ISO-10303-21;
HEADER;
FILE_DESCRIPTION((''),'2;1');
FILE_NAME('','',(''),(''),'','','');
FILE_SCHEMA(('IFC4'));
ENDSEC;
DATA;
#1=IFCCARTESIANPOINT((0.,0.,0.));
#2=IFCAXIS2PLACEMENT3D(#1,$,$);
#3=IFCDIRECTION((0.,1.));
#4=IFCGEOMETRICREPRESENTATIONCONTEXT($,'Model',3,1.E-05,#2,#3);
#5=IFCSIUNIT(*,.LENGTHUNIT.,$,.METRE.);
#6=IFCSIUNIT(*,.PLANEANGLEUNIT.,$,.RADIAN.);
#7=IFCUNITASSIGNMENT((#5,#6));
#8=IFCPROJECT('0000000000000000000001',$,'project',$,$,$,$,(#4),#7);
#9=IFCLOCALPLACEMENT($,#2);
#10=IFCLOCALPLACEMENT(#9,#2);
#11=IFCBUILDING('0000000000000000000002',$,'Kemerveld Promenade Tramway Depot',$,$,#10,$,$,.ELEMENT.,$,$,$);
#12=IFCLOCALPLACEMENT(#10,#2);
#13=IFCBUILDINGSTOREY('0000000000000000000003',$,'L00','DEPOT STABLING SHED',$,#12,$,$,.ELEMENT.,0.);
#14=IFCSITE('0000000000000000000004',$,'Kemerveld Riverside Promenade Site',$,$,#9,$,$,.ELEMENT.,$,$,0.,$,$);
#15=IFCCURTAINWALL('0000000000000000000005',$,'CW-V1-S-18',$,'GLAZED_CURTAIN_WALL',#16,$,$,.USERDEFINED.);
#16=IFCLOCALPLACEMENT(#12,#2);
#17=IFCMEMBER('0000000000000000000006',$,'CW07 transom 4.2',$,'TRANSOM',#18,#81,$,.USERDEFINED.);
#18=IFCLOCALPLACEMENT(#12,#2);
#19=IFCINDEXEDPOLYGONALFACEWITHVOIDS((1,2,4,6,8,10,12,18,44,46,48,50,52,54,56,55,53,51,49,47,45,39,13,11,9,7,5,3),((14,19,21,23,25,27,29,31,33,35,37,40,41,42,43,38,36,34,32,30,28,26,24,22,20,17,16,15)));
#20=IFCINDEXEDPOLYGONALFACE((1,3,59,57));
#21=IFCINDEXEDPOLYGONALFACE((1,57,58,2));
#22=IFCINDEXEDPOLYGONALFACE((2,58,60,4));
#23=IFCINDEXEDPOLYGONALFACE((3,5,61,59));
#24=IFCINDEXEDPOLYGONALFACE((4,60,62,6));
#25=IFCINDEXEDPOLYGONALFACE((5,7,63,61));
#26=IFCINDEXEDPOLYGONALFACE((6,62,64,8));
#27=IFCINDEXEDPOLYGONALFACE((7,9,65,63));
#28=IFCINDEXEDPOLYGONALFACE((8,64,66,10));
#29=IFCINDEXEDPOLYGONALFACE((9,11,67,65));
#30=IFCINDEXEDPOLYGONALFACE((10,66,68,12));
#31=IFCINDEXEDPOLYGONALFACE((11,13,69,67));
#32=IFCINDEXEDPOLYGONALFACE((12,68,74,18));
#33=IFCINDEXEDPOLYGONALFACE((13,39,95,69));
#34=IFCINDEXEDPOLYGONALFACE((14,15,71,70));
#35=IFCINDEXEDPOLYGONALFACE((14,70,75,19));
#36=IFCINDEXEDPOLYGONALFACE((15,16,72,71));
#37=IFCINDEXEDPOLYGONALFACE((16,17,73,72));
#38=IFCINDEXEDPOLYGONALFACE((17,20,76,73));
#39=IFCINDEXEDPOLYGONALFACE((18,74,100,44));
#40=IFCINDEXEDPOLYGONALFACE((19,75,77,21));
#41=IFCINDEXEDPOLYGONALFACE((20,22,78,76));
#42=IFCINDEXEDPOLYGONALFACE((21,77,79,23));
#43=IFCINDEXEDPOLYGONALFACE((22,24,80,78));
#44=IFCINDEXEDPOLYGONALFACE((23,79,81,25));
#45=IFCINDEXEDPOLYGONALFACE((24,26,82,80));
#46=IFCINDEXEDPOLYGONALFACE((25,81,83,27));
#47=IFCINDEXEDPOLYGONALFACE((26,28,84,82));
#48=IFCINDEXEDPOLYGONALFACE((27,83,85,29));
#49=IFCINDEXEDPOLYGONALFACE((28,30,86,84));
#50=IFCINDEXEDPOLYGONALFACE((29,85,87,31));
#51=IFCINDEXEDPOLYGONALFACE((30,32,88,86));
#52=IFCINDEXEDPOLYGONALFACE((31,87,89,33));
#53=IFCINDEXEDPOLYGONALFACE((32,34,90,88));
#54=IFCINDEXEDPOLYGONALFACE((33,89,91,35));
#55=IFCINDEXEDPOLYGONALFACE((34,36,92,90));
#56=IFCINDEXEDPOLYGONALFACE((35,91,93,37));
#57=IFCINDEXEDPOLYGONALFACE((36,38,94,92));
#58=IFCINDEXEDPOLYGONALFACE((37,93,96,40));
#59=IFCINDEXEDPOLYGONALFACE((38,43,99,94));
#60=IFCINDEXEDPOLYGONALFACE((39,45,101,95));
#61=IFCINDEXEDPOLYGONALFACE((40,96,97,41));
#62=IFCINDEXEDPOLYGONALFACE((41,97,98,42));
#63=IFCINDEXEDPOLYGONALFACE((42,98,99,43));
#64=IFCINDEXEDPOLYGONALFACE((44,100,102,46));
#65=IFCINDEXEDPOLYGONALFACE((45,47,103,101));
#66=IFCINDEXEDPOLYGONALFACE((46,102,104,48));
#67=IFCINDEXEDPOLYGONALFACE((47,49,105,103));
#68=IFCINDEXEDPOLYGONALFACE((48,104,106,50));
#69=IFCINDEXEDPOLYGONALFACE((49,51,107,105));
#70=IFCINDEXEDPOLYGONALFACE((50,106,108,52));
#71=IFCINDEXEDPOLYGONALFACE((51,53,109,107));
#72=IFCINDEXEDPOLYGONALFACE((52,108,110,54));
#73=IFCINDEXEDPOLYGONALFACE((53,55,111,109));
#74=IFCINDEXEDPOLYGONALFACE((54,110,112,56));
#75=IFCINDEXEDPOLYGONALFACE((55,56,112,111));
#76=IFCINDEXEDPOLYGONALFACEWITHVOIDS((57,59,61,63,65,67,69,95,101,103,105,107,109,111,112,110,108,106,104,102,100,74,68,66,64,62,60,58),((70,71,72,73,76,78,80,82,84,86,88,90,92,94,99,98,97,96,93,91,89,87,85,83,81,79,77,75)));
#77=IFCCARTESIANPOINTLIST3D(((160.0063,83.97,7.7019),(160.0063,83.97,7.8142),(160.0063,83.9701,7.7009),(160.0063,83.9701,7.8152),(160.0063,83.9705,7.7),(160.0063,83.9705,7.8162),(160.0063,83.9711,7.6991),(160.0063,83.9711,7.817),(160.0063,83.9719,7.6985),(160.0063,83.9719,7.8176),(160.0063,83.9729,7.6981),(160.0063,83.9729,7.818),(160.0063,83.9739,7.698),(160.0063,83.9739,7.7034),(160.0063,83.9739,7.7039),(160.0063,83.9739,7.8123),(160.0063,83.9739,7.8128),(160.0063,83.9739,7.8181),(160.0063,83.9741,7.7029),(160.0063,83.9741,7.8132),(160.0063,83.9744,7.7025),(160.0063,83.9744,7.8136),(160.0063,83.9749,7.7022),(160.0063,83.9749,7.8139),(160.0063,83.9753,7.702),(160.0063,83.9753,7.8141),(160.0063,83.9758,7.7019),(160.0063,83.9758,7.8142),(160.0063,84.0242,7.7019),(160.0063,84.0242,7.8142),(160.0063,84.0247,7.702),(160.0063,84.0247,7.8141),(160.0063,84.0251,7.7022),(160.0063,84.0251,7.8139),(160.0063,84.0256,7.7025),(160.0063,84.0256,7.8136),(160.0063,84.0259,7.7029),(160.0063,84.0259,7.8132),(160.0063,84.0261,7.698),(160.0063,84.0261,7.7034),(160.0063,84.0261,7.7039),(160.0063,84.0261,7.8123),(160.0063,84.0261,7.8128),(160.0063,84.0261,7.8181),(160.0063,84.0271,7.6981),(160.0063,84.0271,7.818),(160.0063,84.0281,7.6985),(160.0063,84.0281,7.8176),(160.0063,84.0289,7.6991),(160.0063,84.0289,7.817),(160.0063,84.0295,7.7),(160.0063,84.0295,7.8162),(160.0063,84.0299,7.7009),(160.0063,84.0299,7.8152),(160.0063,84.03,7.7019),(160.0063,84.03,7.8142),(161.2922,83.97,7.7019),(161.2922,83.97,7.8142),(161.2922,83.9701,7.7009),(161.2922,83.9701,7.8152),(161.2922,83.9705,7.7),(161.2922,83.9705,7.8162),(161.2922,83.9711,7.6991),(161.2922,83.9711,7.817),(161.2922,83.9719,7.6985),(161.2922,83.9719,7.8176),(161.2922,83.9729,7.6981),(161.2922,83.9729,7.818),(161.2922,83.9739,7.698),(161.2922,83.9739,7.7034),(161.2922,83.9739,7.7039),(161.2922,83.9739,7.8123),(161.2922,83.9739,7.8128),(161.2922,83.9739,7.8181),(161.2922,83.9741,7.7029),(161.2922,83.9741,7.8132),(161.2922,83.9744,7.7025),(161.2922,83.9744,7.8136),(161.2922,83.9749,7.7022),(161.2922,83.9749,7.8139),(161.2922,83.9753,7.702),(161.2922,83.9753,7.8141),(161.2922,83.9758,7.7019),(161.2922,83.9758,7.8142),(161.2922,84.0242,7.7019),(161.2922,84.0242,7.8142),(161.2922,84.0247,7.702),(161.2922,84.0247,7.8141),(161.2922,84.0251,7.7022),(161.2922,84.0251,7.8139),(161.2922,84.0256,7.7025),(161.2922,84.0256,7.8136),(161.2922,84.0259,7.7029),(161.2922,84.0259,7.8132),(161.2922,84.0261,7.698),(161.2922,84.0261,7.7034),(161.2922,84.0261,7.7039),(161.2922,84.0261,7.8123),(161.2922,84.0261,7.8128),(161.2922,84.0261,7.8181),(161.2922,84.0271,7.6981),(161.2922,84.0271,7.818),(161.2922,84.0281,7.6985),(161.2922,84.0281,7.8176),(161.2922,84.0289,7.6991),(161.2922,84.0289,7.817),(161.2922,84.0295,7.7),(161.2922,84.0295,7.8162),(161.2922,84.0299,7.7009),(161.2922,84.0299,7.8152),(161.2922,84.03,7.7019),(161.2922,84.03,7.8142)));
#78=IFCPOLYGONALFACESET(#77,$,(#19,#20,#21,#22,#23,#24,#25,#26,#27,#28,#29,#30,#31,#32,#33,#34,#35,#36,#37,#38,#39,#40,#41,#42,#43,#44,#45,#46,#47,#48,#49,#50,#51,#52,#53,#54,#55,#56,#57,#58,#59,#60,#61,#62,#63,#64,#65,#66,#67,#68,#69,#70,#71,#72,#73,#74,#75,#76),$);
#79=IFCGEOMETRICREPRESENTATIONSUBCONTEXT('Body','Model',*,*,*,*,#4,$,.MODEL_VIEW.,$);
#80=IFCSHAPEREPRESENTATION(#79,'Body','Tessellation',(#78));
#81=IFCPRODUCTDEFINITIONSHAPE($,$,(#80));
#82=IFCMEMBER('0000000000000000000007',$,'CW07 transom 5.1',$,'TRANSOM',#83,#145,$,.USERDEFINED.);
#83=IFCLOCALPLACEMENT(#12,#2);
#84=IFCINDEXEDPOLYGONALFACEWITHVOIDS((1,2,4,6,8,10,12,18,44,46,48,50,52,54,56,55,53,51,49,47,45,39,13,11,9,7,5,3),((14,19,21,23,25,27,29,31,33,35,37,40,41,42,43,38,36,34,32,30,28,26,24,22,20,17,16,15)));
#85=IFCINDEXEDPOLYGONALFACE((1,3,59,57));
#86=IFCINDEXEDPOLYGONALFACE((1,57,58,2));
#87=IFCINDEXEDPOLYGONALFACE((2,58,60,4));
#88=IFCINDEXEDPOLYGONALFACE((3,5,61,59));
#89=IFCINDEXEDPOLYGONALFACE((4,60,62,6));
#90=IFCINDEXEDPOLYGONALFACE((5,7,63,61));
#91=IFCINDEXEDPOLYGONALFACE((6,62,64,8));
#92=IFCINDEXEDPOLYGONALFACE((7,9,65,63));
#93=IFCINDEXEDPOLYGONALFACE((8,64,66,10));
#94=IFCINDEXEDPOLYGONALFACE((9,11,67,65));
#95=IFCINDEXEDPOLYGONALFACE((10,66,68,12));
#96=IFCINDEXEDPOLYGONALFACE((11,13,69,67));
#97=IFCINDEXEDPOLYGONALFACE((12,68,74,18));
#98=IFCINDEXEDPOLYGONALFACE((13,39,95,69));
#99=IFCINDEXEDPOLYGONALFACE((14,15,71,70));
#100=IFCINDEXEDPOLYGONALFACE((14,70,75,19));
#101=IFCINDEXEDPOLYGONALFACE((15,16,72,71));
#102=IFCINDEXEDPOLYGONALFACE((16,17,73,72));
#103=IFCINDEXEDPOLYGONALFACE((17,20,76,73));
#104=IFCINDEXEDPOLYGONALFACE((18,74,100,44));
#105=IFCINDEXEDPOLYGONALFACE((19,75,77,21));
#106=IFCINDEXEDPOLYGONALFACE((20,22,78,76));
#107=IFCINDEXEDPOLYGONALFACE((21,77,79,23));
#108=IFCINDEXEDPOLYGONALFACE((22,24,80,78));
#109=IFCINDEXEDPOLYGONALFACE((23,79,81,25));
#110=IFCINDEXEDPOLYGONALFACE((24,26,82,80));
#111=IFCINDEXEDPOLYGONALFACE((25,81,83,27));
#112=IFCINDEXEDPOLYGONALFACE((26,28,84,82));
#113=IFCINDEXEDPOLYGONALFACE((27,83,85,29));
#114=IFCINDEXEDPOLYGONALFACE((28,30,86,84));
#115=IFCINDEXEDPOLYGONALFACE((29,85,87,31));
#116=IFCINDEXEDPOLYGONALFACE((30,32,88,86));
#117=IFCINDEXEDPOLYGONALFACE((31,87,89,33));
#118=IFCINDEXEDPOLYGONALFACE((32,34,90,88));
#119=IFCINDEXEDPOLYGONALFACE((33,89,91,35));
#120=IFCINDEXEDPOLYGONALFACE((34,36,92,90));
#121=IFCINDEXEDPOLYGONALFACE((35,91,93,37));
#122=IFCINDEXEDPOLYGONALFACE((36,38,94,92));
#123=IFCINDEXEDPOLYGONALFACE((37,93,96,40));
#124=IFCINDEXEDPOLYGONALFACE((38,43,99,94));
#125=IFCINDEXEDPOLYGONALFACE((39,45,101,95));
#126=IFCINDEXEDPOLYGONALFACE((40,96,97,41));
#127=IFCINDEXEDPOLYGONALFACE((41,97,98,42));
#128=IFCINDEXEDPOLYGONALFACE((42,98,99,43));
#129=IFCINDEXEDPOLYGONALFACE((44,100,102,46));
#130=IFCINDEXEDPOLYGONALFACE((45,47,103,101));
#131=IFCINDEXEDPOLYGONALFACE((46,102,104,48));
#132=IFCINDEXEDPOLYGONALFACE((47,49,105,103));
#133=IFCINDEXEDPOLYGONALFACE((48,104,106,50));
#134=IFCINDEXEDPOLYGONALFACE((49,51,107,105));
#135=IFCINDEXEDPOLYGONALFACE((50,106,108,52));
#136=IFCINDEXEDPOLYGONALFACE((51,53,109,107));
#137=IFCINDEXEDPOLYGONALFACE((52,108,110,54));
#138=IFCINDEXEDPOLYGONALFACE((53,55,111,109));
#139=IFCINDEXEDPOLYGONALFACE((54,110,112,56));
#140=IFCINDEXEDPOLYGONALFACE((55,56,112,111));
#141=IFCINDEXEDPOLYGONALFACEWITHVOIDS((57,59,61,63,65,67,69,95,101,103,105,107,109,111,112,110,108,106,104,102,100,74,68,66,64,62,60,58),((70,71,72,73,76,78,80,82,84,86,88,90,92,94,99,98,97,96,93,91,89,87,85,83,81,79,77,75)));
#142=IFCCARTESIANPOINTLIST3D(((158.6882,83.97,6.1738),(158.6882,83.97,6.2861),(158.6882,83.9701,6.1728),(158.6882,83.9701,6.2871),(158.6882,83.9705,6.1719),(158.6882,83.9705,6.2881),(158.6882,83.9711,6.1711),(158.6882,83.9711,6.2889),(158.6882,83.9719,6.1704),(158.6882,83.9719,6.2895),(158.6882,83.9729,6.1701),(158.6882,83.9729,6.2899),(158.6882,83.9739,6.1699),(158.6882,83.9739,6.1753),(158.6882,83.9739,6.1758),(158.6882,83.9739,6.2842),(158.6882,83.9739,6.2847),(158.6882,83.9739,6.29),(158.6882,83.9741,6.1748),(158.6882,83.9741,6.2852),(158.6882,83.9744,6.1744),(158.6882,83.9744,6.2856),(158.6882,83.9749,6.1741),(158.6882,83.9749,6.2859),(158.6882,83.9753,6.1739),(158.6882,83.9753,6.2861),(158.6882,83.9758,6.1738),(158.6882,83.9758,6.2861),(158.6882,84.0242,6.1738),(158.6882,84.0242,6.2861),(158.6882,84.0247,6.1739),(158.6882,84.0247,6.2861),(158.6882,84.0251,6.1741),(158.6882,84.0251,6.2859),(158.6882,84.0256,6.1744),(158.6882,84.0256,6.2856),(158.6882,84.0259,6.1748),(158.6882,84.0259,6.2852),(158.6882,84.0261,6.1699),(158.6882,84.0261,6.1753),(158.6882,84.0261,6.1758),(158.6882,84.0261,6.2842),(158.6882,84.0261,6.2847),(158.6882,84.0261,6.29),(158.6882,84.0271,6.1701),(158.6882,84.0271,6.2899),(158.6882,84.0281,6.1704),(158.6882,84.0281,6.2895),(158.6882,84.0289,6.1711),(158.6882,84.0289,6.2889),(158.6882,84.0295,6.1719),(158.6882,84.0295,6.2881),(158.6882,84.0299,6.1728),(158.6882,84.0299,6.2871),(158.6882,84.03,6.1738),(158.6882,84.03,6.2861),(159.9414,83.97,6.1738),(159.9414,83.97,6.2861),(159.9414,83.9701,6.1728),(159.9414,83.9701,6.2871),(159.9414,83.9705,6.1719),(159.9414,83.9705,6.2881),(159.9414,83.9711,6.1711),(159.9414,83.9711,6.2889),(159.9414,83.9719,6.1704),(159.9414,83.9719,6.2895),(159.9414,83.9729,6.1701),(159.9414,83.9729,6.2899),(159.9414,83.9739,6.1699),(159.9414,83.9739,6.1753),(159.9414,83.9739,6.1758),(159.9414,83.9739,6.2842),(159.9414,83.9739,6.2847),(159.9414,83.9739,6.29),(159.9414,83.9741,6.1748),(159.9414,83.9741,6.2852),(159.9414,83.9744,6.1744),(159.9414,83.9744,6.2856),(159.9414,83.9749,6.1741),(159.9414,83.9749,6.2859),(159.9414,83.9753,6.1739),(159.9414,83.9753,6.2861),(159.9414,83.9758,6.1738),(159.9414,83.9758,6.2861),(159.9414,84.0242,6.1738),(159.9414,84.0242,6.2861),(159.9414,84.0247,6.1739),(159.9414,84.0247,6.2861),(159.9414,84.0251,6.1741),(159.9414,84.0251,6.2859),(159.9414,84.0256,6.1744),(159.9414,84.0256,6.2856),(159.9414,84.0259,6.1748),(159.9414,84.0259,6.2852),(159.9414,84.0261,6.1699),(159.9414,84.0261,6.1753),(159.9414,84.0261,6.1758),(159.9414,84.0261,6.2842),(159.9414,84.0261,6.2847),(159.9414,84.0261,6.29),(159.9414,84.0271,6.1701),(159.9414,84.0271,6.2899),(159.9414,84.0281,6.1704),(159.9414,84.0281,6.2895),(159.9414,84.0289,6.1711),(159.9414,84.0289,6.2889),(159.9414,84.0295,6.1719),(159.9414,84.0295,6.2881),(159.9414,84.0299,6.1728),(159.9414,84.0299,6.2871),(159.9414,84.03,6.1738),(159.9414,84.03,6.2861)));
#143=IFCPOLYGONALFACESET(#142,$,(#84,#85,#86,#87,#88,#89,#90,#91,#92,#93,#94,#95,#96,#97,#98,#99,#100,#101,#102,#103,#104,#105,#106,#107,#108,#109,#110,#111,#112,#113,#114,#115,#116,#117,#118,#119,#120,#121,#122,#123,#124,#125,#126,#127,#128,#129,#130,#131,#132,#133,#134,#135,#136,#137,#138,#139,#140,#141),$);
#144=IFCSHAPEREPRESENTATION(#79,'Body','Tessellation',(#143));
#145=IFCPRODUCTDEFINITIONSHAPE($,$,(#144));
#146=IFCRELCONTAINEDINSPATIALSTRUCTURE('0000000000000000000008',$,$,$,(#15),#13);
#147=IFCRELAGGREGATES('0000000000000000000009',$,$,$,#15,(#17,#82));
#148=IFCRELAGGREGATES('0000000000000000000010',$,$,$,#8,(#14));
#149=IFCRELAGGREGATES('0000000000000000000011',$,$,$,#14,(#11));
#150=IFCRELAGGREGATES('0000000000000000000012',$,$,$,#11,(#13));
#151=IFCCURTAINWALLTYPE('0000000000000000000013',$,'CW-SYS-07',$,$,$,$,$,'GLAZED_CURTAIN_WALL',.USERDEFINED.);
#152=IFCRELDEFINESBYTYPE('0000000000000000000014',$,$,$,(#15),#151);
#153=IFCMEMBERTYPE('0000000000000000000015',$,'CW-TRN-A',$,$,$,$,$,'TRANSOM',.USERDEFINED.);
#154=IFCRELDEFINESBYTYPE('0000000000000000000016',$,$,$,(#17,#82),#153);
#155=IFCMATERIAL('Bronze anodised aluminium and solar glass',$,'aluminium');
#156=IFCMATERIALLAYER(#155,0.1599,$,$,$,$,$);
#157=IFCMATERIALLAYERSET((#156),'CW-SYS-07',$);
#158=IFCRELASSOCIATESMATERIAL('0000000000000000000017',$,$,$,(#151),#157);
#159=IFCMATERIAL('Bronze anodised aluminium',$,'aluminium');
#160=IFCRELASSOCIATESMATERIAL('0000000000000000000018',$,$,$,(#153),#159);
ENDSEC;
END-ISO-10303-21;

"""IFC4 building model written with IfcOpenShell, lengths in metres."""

from ifc_helpers import new_model, si_unit, direction, frame, origin, origin_2d, place, context, subcontext, project, spatial, hollow_rectangle, extrude, material, layer, layer_set, material_profile, profile_set, type_object, element, aggregate, save


model = new_model("IFC4")

# Units and contexts
model_context = context("Model", 3, precision=1e-05, world=origin(), true_north=direction((0.0, 1.0)))
body_context = subcontext(model_context, "Body", "Model", "MODEL_VIEW")
ifc_project = project(units=[si_unit("LENGTHUNIT", "METRE"), si_unit("PLANEANGLEUNIT", "RADIAN")], contexts=[model_context])

# Site, building, storey
site_placement = place(None, origin())
site = spatial("IfcSite", under=ifc_project, at=site_placement, Name="Kemerveld Riverside Promenade Site", CompositionType="ELEMENT", RefElevation=0.0)
building_placement = place(site_placement, origin())
building = spatial("IfcBuilding", under=site, at=building_placement, Name="Kemerveld Promenade Tramway Depot", CompositionType="ELEMENT")
storey_placement = place(building_placement, origin())
storey = spatial("IfcBuildingStorey", under=building, at=storey_placement, Name="L00", Description="DEPOT STABLING SHED", CompositionType="ELEMENT", Elevation=0.0)

# Curtain wall
ifc_material_1 = material(Name="Bronze anodised aluminium and solar glass", Category="aluminium")
ifc_layer_1 = layer(ifc_material_1, 0.1599)
ifc_layer_set_1 = layer_set([ifc_layer_1], Name="CW-SYS-07")
curtain_wall_type_1 = type_object("IfcCurtainWallType", Name="CW-SYS-07", ElementType="GLAZED_CURTAIN_WALL", PredefinedType="USERDEFINED", material=ifc_layer_set_1)
curtain_wall_1_placement = place(storey_placement, origin())
curtain_wall_1 = element("IfcCurtainWall", 1, at=curtain_wall_1_placement, inside=storey, type_object=curtain_wall_type_1, Name="CW-V1-S-18", ObjectType="GLAZED_CURTAIN_WALL", PredefinedType="USERDEFINED")
ifc_material_2 = material(Name="Bronze anodised aluminium", Category="aluminium")

# Members
ifc_material_profile_1 = material_profile(ifc_material_2, hollow_rectangle(XDim=0.0601, YDim=0.1201, WallThickness=0.0039, InnerFilletRadius=0.002, OuterFilletRadius=0.0039, at=origin_2d()), Name="CW-TRN-120x60")
ifc_profile_set_1 = profile_set([ifc_material_profile_1], Name="Bronze anodised aluminium")
member_type_1 = type_object("IfcMemberType", Name="CW-TRN-A", ElementType="TRANSOM", PredefinedType="USERDEFINED", material=ifc_profile_set_1)
member_1_placement = place(storey_placement, frame((161.2922, 84.0, 7.7581), z_axis=(-1.0, 0.0, 0.0), x_axis=(0.0, -1.0, 0.0)))
member_1 = element("IfcMember", 2, at=member_1_placement, type_object=member_type_1, Name="CW07 transom 4.2", ObjectType="TRANSOM", PredefinedType="USERDEFINED", context=body_context, shape_type="SweptSolid", body=[
    extrude(hollow_rectangle(XDim=0.0601, YDim=0.1201, WallThickness=0.0039, InnerFilletRadius=0.002, OuterFilletRadius=0.0039, at=origin_2d()), origin(), (0.0, 0.0, 1.0), 1.2859),
])
member_2_placement = place(storey_placement, frame((159.9414, 84.0, 6.23), z_axis=(-1.0, 0.0, 0.0), x_axis=(0.0, -1.0, 0.0)))
member_2 = element("IfcMember", 3, at=member_2_placement, type_object=member_type_1, Name="CW07 transom 5.1", ObjectType="TRANSOM", PredefinedType="USERDEFINED", context=body_context, shape_type="SweptSolid", body=[
    extrude(hollow_rectangle(XDim=0.0601, YDim=0.1201, WallThickness=0.0039, InnerFilletRadius=0.002, OuterFilletRadius=0.0039, at=origin_2d()), origin(), (0.0, 0.0, 1.0), 1.2532),
])

aggregate(curtain_wall_1, [member_1, member_2])

save(model, "model.ifc")
